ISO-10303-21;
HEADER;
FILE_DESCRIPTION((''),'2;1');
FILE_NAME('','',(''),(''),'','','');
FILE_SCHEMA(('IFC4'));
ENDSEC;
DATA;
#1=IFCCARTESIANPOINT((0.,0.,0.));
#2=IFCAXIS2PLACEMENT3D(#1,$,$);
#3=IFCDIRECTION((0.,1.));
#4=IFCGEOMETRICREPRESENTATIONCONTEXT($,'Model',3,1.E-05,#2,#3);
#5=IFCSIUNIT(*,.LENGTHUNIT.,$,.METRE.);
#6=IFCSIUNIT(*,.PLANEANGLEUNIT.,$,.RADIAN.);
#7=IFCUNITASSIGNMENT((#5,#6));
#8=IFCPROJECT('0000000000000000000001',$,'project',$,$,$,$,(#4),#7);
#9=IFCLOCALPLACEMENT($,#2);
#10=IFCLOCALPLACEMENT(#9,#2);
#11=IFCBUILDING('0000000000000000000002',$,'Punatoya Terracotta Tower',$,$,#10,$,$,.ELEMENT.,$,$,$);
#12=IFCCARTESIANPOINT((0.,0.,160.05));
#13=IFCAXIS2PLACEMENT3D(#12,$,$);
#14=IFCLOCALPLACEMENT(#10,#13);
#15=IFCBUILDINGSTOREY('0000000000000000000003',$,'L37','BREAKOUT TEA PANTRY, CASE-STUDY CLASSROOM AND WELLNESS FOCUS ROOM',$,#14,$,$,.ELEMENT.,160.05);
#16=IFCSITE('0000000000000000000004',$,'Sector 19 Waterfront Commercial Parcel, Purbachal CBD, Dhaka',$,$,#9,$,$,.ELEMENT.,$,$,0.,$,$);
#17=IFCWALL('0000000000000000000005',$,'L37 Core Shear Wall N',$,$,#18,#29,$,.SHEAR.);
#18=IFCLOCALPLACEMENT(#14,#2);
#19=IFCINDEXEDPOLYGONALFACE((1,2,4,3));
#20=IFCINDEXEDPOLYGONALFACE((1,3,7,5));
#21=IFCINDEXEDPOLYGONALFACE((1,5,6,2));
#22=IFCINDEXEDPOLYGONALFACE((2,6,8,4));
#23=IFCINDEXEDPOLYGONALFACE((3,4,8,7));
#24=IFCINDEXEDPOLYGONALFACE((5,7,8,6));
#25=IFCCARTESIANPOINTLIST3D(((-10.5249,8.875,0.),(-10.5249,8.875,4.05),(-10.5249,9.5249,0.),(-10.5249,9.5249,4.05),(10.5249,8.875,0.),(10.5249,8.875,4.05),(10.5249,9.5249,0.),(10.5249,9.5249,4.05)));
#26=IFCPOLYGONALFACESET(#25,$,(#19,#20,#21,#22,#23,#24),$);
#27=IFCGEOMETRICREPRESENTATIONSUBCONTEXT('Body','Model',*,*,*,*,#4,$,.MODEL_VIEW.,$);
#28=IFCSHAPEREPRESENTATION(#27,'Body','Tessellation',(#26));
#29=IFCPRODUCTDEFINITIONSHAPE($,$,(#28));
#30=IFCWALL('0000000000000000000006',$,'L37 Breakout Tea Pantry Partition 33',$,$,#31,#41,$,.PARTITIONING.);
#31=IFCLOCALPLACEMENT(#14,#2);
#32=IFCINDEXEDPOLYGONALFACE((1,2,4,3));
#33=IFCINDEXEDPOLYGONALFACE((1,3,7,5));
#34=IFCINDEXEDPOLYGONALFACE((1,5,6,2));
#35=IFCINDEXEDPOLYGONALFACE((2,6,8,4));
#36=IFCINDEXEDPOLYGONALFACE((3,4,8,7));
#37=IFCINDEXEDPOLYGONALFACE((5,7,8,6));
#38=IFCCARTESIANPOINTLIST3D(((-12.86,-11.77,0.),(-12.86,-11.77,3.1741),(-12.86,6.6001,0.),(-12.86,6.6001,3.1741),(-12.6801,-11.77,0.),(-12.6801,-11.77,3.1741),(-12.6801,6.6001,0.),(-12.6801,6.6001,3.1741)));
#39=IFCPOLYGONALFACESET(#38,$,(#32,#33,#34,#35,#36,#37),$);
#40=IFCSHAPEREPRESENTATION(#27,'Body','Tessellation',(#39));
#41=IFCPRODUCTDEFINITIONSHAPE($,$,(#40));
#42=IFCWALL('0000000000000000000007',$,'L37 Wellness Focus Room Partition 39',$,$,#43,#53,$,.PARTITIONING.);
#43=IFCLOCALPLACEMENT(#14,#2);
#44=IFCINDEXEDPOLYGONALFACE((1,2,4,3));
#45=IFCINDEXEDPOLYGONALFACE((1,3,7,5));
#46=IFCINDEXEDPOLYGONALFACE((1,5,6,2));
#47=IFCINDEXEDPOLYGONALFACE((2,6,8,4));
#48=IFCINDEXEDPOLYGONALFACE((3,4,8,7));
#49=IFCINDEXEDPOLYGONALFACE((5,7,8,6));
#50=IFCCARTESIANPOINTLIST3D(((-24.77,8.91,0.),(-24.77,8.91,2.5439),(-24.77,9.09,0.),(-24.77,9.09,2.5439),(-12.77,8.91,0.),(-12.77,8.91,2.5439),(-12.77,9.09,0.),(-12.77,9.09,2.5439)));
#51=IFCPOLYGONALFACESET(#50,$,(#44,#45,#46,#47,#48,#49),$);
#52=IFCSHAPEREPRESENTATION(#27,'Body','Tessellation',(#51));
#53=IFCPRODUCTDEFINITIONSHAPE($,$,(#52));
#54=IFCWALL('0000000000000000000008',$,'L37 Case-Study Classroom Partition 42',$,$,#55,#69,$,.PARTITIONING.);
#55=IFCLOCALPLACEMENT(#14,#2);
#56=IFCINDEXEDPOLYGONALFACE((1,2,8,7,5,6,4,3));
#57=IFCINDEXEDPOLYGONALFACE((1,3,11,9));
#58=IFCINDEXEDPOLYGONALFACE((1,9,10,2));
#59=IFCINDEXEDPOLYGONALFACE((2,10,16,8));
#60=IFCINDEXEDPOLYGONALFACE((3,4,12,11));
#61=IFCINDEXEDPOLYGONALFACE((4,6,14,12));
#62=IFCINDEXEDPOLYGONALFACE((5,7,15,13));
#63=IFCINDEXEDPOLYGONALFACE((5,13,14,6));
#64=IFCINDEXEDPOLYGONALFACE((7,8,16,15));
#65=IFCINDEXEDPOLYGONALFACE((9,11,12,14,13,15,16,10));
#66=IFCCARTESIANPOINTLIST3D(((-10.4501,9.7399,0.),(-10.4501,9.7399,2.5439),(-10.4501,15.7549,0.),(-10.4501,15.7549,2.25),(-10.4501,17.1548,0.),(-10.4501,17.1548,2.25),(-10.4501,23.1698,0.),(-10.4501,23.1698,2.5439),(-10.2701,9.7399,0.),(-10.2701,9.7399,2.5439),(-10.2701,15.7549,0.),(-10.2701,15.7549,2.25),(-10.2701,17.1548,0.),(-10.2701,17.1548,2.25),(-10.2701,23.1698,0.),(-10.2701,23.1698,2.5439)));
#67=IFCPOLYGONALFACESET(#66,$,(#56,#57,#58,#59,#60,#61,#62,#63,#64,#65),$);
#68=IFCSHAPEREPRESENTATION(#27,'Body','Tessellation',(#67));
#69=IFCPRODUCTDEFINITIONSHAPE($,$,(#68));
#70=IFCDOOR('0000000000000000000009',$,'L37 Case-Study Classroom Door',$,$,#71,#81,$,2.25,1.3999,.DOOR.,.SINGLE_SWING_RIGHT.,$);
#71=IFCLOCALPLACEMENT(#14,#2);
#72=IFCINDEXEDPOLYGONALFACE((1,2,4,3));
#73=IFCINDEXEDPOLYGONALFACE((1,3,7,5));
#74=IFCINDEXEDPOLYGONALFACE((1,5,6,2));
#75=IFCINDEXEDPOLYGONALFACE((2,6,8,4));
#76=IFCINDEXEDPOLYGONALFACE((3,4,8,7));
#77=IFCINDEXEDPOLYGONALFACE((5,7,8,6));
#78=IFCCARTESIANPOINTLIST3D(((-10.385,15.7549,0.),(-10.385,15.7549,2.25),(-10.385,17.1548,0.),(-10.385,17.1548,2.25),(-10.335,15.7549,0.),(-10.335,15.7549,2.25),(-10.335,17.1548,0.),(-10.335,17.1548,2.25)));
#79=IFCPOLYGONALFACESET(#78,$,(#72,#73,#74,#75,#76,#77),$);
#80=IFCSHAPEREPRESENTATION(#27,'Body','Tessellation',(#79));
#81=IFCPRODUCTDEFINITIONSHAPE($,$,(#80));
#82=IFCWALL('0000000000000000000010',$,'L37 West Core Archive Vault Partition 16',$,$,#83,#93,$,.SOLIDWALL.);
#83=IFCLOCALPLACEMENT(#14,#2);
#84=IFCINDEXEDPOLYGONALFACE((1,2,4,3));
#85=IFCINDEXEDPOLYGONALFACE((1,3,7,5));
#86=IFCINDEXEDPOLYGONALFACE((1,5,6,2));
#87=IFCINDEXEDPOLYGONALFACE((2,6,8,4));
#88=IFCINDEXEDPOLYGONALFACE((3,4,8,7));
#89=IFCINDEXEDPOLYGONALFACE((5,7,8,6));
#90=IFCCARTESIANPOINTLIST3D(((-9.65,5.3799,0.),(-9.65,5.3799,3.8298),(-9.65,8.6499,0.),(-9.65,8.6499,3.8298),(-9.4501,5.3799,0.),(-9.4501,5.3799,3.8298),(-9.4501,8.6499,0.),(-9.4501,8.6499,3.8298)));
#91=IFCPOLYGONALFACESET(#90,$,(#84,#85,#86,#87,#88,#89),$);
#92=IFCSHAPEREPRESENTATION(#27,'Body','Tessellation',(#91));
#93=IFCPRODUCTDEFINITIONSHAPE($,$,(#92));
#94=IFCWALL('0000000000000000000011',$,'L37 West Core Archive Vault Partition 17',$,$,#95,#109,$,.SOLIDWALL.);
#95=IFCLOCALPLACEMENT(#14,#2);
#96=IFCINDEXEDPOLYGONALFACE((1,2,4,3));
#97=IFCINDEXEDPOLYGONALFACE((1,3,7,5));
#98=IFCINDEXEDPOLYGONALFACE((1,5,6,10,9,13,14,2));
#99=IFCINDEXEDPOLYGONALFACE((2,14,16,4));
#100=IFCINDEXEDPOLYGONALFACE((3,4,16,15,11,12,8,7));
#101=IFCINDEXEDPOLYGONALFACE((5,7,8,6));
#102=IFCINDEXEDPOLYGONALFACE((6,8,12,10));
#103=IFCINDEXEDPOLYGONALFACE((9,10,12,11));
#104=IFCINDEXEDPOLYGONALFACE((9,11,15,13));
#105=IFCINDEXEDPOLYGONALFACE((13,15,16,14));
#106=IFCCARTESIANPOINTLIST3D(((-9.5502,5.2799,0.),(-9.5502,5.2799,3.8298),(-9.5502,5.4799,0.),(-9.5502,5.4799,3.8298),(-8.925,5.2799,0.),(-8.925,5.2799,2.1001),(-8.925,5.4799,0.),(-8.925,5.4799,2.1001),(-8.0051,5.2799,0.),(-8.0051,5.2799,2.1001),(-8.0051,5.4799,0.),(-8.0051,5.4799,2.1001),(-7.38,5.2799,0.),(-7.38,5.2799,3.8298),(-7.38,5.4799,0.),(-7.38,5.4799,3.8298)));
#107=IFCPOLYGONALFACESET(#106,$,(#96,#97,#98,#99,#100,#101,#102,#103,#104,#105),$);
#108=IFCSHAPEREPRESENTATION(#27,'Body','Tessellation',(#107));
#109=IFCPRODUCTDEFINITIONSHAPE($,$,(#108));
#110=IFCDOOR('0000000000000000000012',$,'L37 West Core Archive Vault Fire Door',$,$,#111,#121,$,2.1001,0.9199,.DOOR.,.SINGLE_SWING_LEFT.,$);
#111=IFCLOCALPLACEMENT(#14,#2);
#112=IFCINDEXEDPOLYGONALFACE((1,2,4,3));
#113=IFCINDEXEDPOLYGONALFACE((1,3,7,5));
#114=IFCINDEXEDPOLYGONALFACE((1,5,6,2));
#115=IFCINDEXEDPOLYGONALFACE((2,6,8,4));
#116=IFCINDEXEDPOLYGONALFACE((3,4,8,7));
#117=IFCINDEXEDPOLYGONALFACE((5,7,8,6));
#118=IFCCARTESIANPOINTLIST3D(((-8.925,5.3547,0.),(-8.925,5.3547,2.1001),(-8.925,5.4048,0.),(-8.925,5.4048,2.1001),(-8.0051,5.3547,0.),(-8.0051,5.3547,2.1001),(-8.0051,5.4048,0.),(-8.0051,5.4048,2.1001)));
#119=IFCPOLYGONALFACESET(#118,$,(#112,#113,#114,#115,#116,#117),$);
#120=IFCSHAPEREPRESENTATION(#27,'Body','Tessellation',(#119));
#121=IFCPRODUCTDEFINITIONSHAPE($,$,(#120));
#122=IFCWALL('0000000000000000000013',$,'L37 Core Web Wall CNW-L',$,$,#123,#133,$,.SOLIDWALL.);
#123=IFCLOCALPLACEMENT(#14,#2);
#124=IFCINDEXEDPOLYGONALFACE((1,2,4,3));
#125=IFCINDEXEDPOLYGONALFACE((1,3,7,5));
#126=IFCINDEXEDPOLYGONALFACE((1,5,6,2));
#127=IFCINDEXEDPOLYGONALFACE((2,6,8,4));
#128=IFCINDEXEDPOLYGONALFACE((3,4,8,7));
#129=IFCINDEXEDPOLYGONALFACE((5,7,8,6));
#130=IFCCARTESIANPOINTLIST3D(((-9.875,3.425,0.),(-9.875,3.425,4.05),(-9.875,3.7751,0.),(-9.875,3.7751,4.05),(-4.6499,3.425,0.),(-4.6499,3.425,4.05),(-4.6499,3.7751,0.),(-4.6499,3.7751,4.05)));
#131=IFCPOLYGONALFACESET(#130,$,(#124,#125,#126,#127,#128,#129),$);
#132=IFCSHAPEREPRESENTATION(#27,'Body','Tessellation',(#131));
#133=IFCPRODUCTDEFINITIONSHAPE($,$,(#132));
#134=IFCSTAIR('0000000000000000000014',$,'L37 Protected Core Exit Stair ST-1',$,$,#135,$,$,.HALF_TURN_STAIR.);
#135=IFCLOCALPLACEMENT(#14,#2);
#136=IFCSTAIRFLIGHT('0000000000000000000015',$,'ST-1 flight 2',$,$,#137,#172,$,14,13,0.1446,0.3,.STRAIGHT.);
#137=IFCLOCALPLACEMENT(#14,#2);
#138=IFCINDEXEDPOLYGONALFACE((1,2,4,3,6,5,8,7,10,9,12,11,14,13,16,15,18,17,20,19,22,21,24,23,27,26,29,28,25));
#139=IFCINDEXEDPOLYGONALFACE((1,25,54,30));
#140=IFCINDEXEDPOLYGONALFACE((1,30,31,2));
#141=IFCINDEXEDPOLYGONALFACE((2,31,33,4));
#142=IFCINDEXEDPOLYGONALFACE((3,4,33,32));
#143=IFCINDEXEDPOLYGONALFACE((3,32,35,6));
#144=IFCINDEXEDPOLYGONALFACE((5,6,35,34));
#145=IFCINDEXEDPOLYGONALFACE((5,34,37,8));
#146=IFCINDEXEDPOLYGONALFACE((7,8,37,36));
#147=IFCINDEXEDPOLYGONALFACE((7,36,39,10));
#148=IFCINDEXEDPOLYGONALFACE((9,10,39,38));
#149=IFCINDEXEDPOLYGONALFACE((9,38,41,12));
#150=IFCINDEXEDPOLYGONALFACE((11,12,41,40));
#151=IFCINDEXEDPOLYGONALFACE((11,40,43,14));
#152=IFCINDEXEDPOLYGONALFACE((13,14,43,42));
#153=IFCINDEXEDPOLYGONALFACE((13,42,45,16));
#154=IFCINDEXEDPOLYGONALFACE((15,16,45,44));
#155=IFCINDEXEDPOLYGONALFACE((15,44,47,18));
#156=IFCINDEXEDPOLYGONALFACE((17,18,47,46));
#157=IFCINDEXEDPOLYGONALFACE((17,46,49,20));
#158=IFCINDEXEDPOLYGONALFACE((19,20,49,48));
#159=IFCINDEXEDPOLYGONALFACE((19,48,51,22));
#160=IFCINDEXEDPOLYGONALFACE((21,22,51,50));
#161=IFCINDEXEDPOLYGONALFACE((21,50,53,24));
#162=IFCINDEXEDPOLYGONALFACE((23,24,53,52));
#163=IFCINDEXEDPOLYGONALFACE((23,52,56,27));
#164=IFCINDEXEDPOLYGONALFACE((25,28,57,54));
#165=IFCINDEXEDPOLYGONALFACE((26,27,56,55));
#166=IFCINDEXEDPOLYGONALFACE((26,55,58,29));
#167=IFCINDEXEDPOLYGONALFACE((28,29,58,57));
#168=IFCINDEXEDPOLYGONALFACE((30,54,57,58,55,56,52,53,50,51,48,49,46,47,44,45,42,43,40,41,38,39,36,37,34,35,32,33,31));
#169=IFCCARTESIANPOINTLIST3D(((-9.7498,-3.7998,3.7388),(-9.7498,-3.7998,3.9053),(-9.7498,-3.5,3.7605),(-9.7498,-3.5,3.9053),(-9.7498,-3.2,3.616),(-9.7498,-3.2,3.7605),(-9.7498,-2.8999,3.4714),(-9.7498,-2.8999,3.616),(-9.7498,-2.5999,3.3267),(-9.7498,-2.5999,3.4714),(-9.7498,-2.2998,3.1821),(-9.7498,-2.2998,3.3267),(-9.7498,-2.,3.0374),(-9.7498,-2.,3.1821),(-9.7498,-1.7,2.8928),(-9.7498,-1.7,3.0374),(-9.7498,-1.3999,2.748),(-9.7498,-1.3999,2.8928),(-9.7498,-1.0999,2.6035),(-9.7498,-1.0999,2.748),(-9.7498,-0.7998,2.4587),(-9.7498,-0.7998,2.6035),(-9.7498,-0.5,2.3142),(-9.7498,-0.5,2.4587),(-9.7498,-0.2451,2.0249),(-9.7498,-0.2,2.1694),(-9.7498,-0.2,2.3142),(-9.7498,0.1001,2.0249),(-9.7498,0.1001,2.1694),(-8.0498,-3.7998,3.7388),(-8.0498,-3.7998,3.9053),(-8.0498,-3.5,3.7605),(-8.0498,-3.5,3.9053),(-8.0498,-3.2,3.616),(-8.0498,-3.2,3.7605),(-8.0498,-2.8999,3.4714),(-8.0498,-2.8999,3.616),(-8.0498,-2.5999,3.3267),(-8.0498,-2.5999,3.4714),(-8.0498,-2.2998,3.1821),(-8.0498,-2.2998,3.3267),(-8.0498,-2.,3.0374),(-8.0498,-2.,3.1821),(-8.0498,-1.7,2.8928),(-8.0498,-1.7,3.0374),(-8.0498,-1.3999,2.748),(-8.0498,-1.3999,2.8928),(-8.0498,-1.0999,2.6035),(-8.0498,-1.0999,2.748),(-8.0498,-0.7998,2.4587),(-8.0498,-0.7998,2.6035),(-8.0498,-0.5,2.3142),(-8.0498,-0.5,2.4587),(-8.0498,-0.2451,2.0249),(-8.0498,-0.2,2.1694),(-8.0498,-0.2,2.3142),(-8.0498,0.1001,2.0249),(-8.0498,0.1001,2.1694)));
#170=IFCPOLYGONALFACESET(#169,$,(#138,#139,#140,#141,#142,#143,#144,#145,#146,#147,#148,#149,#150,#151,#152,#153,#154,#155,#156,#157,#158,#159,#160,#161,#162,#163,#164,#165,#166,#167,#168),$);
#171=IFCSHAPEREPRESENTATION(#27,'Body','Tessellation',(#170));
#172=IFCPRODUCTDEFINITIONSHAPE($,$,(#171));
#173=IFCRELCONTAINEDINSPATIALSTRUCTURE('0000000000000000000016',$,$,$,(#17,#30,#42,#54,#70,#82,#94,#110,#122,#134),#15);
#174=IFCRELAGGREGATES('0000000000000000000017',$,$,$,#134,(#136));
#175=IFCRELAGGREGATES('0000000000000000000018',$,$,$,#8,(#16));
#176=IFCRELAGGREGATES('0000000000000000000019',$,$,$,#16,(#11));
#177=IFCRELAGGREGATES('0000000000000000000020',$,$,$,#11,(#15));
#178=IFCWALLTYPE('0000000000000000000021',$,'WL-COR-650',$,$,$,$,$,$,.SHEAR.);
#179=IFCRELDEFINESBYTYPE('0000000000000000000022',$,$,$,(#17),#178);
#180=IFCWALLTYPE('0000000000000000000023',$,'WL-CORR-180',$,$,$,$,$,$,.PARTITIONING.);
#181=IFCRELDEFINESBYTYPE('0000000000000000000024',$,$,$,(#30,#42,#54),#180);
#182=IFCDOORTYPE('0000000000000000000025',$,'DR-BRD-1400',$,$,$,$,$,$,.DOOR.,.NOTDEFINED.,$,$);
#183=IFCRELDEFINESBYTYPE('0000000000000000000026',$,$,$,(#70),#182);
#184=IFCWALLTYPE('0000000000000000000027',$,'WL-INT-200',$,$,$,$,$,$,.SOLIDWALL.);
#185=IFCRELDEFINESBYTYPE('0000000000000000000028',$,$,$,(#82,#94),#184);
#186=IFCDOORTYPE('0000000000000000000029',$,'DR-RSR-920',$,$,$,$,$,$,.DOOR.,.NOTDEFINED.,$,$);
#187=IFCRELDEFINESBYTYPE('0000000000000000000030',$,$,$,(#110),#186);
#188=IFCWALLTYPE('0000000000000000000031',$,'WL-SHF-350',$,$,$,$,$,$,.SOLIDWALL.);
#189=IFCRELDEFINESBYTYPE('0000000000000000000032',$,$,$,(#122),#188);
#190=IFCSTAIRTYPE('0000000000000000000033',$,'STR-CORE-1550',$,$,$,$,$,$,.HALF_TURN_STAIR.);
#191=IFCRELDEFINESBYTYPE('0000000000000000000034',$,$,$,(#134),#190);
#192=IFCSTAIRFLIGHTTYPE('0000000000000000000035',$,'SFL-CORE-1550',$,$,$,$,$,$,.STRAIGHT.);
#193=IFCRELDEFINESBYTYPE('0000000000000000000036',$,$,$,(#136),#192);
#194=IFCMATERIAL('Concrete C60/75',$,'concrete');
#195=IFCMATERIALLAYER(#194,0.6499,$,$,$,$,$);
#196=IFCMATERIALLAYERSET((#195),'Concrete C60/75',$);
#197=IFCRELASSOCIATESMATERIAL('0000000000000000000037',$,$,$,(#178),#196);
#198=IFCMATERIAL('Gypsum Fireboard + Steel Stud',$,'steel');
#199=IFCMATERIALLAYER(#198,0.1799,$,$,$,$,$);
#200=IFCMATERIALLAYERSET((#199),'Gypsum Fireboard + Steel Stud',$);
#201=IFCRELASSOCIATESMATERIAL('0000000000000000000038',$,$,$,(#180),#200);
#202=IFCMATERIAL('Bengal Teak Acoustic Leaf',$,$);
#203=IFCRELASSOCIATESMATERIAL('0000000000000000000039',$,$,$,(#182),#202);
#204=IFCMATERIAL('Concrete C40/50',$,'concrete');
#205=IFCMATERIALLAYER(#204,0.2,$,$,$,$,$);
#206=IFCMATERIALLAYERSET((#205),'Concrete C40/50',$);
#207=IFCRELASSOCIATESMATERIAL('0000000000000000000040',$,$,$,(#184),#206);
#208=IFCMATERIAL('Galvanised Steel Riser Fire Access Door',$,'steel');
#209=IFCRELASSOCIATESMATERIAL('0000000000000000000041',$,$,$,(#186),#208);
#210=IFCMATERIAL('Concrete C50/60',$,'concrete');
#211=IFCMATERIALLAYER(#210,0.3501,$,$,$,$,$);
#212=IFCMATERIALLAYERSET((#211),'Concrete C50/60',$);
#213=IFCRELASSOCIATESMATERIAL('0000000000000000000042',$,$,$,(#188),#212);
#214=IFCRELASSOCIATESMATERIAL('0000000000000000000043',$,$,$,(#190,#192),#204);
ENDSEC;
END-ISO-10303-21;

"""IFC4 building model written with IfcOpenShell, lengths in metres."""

from ifc_helpers import new_model, si_unit, direction, frame, frame_2d, origin, place, context, subcontext, project, spatial, polyline, rectangle, outline, extrude, material, layer, layer_set, type_object, element, fill, aggregate, save


model = new_model("IFC4")

# Units and contexts
model_context = context("Model", 3, precision=1e-05, world=origin(), true_north=direction((0.0, 1.0)))
body_context = subcontext(model_context, "Body", "Model", "MODEL_VIEW")
ifc_project = project(units=[si_unit("LENGTHUNIT", "METRE"), si_unit("PLANEANGLEUNIT", "RADIAN")], contexts=[model_context])

# Site, building, storey
site_placement = place(None, origin())
site = spatial("IfcSite", under=ifc_project, at=site_placement, Name="Sector 19 Waterfront Commercial Parcel, Purbachal CBD, Dhaka", CompositionType="ELEMENT", RefElevation=0.0)
building_placement = place(site_placement, origin())
building = spatial("IfcBuilding", under=site, at=building_placement, Name="Punatoya Terracotta Tower", CompositionType="ELEMENT")
storey_placement = place(building_placement, frame((0.0, 0.0, 160.05)))
storey = spatial("IfcBuildingStorey", under=building, at=storey_placement, Name="L37", Description="BREAKOUT TEA PANTRY, CASE-STUDY CLASSROOM AND WELLNESS FOCUS ROOM", CompositionType="ELEMENT", Elevation=160.05)

# Walls
ifc_material_1 = material(Name="Concrete C60/75", Category="concrete")
ifc_layer_1 = layer(ifc_material_1, 0.6499)
ifc_layer_set_1 = layer_set([ifc_layer_1], Name="Concrete C60/75")
wall_type_1 = type_object("IfcWallType", Name="WL-COR-650", PredefinedType="SHEAR", material=ifc_layer_set_1)
wall_1_placement = place(storey_placement, frame((-10.5249, 9.2, 0.0), z_axis=(0.0, 0.0, 1.0), x_axis=(1.0, 0.0, 0.0)))
element("IfcWall", 1, at=wall_1_placement, inside=storey, type_object=wall_type_1, Name="L37 Core Shear Wall N", PredefinedType="SHEAR", context=body_context, shape_type="SweptSolid", body=[
    extrude(rectangle(XDim=21.0498, YDim=0.6499, at=frame_2d((10.5249, 0.0))), origin(), (0.0, 0.0, 1.0), 4.05),
])
ifc_material_2 = material(Name="Gypsum Fireboard + Steel Stud", Category="steel")
ifc_layer_2 = layer(ifc_material_2, 0.1799)
ifc_layer_set_2 = layer_set([ifc_layer_2], Name="Gypsum Fireboard + Steel Stud")
wall_type_2 = type_object("IfcWallType", Name="WL-CORR-180", PredefinedType="PARTITIONING", material=ifc_layer_set_2)
wall_2_placement = place(storey_placement, frame((-12.77, 6.6001, 0.0), z_axis=(0.0, 0.0, 1.0), x_axis=(0.0, -1.0, 0.0)))
element("IfcWall", 2, at=wall_2_placement, inside=storey, type_object=wall_type_2, Name="L37 Breakout Tea Pantry Partition 33", PredefinedType="PARTITIONING", context=body_context, shape_type="SweptSolid", body=[
    extrude(rectangle(XDim=18.3701, YDim=0.1799, at=frame_2d((9.1851, 0.0))), origin(), (0.0, 0.0, 1.0), 3.1741),
])
wall_3_placement = place(storey_placement, frame((-12.77, 9.0, 0.0), z_axis=(0.0, 0.0, 1.0), x_axis=(-1.0, 0.0, 0.0)))
element("IfcWall", 3, at=wall_3_placement, inside=storey, type_object=wall_type_2, Name="L37 Wellness Focus Room Partition 39", PredefinedType="PARTITIONING", context=body_context, shape_type="SweptSolid", body=[
    extrude(rectangle(XDim=12.0, YDim=0.1799, at=frame_2d((6.0, 0.0))), origin(), (0.0, 0.0, 1.0), 2.5439),
])

# Wall, opening, door
wall_4_placement = place(storey_placement, frame((-10.3601, 9.74, 0.0), z_axis=(0.0, 0.0, 1.0), x_axis=(0.0, 1.0, 0.0)))
wall_4 = element("IfcWall", 4, at=wall_4_placement, inside=storey, type_object=wall_type_2, Name="L37 Case-Study Classroom Partition 42", PredefinedType="PARTITIONING", context=body_context, shape_type="SweptSolid", body=[
    extrude(rectangle(XDim=13.4299, YDim=0.1799, at=frame_2d((6.7148, 0.0))), origin(), (0.0, 0.0, 1.0), 2.5439),
])
opening_1_placement = place(wall_4_placement, frame((6.0149, 0.0, 0.0)))
opening_1 = element("IfcOpeningElement", 5, at=opening_1_placement, cuts=wall_4, PredefinedType="OPENING", context=body_context, shape_type="SweptSolid", body=[
    extrude(rectangle(XDim=1.3999, YDim=2.25, at=frame_2d((0.7, 1.125))), frame((0.0, 0.0999, 0.0), z_axis=(0.0, -1.0, 0.0), x_axis=(1.0, 0.0, 0.0)), (0.0, 0.0, 1.0), 0.2),
])
ifc_material_3 = material(Name="Bengal Teak Acoustic Leaf")
door_type_1 = type_object("IfcDoorType", Name="DR-BRD-1400", OperationType="NOTDEFINED", PredefinedType="DOOR", material=ifc_material_3)
door_1_placement = place(opening_1_placement, origin())
door_1 = element("IfcDoor", 6, at=door_1_placement, inside=storey, type_object=door_type_1, Name="L37 Case-Study Classroom Door", OperationType="SINGLE_SWING_RIGHT", OverallHeight=2.25, OverallWidth=1.3999, PredefinedType="DOOR", context=body_context, shape_type="SweptSolid", body=[
    extrude(rectangle(XDim=1.3999, YDim=2.25, at=frame_2d((0.7, 1.125))), frame((0.0, 0.0249, 0.0), z_axis=(0.0, -1.0, 0.0), x_axis=(1.0, 0.0, 0.0)), (0.0, 0.0, 1.0), 0.05),
])
fill(opening_1, door_1)

# Wall
ifc_material_4 = material(Name="Concrete C40/50", Category="concrete")
ifc_layer_3 = layer(ifc_material_4, 0.2)
ifc_layer_set_3 = layer_set([ifc_layer_3], Name="Concrete C40/50")
wall_type_3 = type_object("IfcWallType", Name="WL-INT-200", PredefinedType="SOLIDWALL", material=ifc_layer_set_3)
wall_5_placement = place(storey_placement, frame((-9.55, 8.6499, 0.0), z_axis=(0.0, 0.0, 1.0), x_axis=(0.0, -1.0, 0.0)))
element("IfcWall", 7, at=wall_5_placement, inside=storey, type_object=wall_type_3, Name="L37 West Core Archive Vault Partition 16", PredefinedType="SOLIDWALL", context=body_context, shape_type="SweptSolid", body=[
    extrude(rectangle(XDim=3.27, YDim=0.2, at=frame_2d((1.635, 0.0))), origin(), (0.0, 0.0, 1.0), 3.8298),
])

# Wall, opening, door
wall_6_placement = place(storey_placement, frame((-9.55, 5.3799, 0.0), z_axis=(0.0, 0.0, 1.0), x_axis=(1.0, 0.0, 0.0)))
wall_6 = element("IfcWall", 8, at=wall_6_placement, inside=storey, type_object=wall_type_3, Name="L37 West Core Archive Vault Partition 17", PredefinedType="SOLIDWALL", context=body_context, shape_type="SweptSolid", body=[
    extrude(rectangle(XDim=2.1702, YDim=0.2, at=frame_2d((1.085, 0.0))), origin(), (0.0, 0.0, 1.0), 3.8298),
])
opening_2_placement = place(wall_6_placement, frame((0.625, 0.0, 0.0)))
opening_2 = element("IfcOpeningElement", 9, at=opening_2_placement, cuts=wall_6, PredefinedType="OPENING", context=body_context, shape_type="SweptSolid", body=[
    extrude(rectangle(XDim=0.9199, YDim=2.1001, at=frame_2d((0.46, 1.05))), frame((0.0, 0.1099, 0.0), z_axis=(0.0, -1.0, 0.0), x_axis=(1.0, 0.0, 0.0)), (0.0, 0.0, 1.0), 0.22),
])
ifc_material_5 = material(Name="Galvanised Steel Riser Fire Access Door", Category="steel")
door_type_2 = type_object("IfcDoorType", Name="DR-RSR-920", OperationType="NOTDEFINED", PredefinedType="DOOR", material=ifc_material_5)
door_2_placement = place(opening_2_placement, origin())
door_2 = element("IfcDoor", 10, at=door_2_placement, inside=storey, type_object=door_type_2, Name="L37 West Core Archive Vault Fire Door", OperationType="SINGLE_SWING_LEFT", OverallHeight=2.1001, OverallWidth=0.9199, PredefinedType="DOOR", context=body_context, shape_type="SweptSolid", body=[
    extrude(rectangle(XDim=0.9199, YDim=2.1001, at=frame_2d((0.46, 1.05))), frame((0.0, 0.0249, 0.0), z_axis=(0.0, -1.0, 0.0), x_axis=(1.0, 0.0, 0.0)), (0.0, 0.0, 1.0), 0.05),
])
fill(opening_2, door_2)

# Wall
ifc_material_6 = material(Name="Concrete C50/60", Category="concrete")
ifc_layer_4 = layer(ifc_material_6, 0.3501)
ifc_layer_set_4 = layer_set([ifc_layer_4], Name="Concrete C50/60")
wall_type_4 = type_object("IfcWallType", Name="WL-SHF-350", PredefinedType="SOLIDWALL", material=ifc_layer_set_4)
wall_7_placement = place(storey_placement, frame((-9.875, 3.6001, 0.0), z_axis=(0.0, 0.0, 1.0), x_axis=(1.0, 0.0, 0.0)))
element("IfcWall", 11, at=wall_7_placement, inside=storey, type_object=wall_type_4, Name="L37 Core Web Wall CNW-L", PredefinedType="SOLIDWALL", context=body_context, shape_type="SweptSolid", body=[
    extrude(rectangle(XDim=5.2251, YDim=0.3501, at=frame_2d((2.6125, 0.0))), origin(), (0.0, 0.0, 1.0), 4.05),
])

# Stair, stair flight
stair_type = type_object("IfcStairType", Name="STR-CORE-1550", PredefinedType="HALF_TURN_STAIR", material=ifc_material_4)
stair_placement = place(storey_placement, origin())
stair = element("IfcStair", 12, at=stair_placement, inside=storey, type_object=stair_type, Name="L37 Protected Core Exit Stair ST-1", PredefinedType="HALF_TURN_STAIR")
stair_flight_type = type_object("IfcStairFlightType", Name="SFL-CORE-1550", PredefinedType="STRAIGHT", material=ifc_material_4)
stair_flight_placement = place(storey_placement, frame((-8.8999, 0.1001, 2.0249), z_axis=(0.0, 0.0, 1.0), x_axis=(0.0, -1.0, 0.0)))
stair_flight = element("IfcStairFlight", 13, at=stair_flight_placement, type_object=stair_flight_type, Name="ST-1 flight 2", NumberOfRisers=14, NumberOfTreads=13, PredefinedType="STRAIGHT", RiserHeight=0.1446, TreadLength=0.3, context=body_context, shape_type="SweptSolid", body=[
    extrude(outline(polyline([(0.0, 0.0), (0.0, 0.1445), (0.3, 0.1445), (0.3, 0.2893), (0.6001, 0.2893), (0.6001, 0.4338), (0.8999, 0.4338), (0.8999, 0.5786), (1.2, 0.5786), (1.2, 0.7231), (1.5, 0.7231), (1.5, 0.8679), (1.8, 0.8679), (1.8, 1.0125), (2.1001, 1.0125), (2.1001, 1.1572), (2.3999, 1.1572), (2.3999, 1.3018), (2.7, 1.3018), (2.7, 1.4465), (3.0, 1.4465), (3.0, 1.5911), (3.3, 1.5911), (3.3, 1.7356), (3.6001, 1.7356), (3.6001, 1.8804), (3.8999, 1.8804), (3.8999, 2.0249), (3.8999, 1.7139), (0.3452, 0.0), (0.0, 0.0)])), frame((0.0, 0.8501, 0.0), z_axis=(0.0, -1.0, 0.0), x_axis=(1.0, 0.0, 0.0)), (0.0, 0.0, 1.0), 1.7),
])
aggregate(stair, [stair_flight])

save(model, "model.ifc")
